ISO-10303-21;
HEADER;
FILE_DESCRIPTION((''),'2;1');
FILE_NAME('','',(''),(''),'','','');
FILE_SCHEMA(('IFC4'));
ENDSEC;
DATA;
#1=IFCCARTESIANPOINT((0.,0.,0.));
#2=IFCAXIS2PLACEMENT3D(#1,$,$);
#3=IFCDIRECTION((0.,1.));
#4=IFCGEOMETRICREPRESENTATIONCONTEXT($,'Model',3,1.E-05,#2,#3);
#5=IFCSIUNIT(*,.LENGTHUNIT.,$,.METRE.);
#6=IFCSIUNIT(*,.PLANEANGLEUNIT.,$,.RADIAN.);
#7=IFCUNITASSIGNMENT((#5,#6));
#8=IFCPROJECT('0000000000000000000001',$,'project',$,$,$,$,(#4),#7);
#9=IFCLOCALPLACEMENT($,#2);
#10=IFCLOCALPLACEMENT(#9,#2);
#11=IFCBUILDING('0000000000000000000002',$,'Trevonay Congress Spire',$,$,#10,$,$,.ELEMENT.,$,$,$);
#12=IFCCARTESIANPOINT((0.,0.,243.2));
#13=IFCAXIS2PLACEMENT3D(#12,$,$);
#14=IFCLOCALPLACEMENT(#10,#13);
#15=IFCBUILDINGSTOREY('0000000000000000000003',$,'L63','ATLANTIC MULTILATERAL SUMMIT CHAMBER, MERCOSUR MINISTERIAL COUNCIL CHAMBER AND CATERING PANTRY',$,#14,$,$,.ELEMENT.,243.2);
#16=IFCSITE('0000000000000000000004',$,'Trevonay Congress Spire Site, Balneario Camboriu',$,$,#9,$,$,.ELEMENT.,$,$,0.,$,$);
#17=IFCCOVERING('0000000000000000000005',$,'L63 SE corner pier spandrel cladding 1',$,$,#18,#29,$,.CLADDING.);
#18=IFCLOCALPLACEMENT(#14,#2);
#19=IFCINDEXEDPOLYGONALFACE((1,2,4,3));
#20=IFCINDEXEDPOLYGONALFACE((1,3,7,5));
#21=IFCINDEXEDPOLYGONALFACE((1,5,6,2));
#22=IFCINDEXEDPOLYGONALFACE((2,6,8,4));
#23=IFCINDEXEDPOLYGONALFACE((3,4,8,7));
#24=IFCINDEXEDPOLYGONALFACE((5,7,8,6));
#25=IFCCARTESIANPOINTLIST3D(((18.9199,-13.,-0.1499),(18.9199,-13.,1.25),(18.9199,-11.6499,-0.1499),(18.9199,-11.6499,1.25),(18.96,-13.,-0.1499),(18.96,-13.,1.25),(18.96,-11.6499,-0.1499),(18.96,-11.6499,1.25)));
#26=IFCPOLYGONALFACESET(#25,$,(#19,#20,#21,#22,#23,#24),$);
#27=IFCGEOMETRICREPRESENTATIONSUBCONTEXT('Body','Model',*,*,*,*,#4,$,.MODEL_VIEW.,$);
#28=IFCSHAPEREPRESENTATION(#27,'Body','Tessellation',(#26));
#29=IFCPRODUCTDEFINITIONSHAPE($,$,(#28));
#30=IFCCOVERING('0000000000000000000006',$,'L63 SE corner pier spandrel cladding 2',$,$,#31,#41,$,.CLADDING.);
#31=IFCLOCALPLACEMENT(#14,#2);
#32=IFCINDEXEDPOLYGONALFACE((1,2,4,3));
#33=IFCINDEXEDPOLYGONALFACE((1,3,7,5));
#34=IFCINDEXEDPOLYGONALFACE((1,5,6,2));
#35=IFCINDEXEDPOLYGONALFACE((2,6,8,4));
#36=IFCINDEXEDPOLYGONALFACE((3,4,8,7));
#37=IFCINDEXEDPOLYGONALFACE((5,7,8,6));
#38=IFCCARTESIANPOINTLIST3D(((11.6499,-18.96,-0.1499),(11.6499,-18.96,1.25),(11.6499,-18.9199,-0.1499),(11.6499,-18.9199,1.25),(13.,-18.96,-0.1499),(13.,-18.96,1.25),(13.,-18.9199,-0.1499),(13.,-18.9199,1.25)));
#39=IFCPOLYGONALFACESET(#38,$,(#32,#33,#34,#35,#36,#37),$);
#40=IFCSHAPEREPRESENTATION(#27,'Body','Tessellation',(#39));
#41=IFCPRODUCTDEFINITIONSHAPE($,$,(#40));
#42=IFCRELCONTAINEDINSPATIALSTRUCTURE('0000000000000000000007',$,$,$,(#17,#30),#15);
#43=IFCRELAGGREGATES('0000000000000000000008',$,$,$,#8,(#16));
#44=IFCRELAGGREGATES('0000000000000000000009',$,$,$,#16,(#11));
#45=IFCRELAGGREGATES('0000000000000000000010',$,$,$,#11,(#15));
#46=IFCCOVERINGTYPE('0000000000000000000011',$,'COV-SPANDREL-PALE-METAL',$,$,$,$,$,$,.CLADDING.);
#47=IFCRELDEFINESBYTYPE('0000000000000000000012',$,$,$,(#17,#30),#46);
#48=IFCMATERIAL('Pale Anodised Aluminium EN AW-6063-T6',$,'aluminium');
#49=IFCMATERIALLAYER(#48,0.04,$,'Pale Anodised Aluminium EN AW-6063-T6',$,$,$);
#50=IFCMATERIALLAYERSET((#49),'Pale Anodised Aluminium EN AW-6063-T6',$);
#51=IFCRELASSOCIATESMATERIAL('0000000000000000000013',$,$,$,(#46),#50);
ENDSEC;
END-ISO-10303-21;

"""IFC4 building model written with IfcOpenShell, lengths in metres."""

from ifc_helpers import new_model, si_unit, direction, frame, frame_2d, origin, place, context, subcontext, project, spatial, rectangle, extrude, material, layer, layer_set, type_object, element, save


model = new_model("IFC4")

# Units and contexts
model_context = context("Model", 3, precision=1e-05, world=origin(), true_north=direction((0.0, 1.0)))
body_context = subcontext(model_context, "Body", "Model", "MODEL_VIEW")
ifc_project = project(units=[si_unit("LENGTHUNIT", "METRE"), si_unit("PLANEANGLEUNIT", "RADIAN")], contexts=[model_context])

# Site, building, storey
site_placement = place(None, origin())
site = spatial("IfcSite", under=ifc_project, at=site_placement, Name="Trevonay Congress Spire Site, Balneario Camboriu", CompositionType="ELEMENT", RefElevation=0.0)
building_placement = place(site_placement, origin())
building = spatial("IfcBuilding", under=site, at=building_placement, Name="Trevonay Congress Spire", CompositionType="ELEMENT")
storey_placement = place(building_placement, frame((0.0, 0.0, 243.2)))
storey = spatial("IfcBuildingStorey", under=building, at=storey_placement, Name="L63", Description="ATLANTIC MULTILATERAL SUMMIT CHAMBER, MERCOSUR MINISTERIAL COUNCIL CHAMBER AND CATERING PANTRY", CompositionType="ELEMENT", Elevation=243.2)

# Shared definitions
ifc_material_1 = material(Name="Pale Anodised Aluminium EN AW-6063-T6", Category="aluminium")

# Coverings
ifc_layer_1 = layer(ifc_material_1, 0.04, Name="Pale Anodised Aluminium EN AW-6063-T6")
ifc_layer_set_1 = layer_set([ifc_layer_1], Name="Pale Anodised Aluminium EN AW-6063-T6")
covering_type = type_object("IfcCoveringType", Name="COV-SPANDREL-PALE-METAL", PredefinedType="CLADDING", material=ifc_layer_set_1)
for number, where, z_axis, x_axis, name in (
    (1, (18.9399, -11.6499, -0.1499), (0.0, 0.0, 1.0), (0.0, -1.0, 0.0), "L63 SE corner pier spandrel cladding 1"),
    (2, (11.6499, -18.9399, -0.1499), (0.0, 0.0, 1.0), (1.0, 0.0, 0.0), "L63 SE corner pier spandrel cladding 2"),
):
    element("IfcCovering", number, at=place(storey_placement, frame(where, z_axis=z_axis, x_axis=x_axis)), inside=storey, type_object=covering_type, Name=name, PredefinedType="CLADDING", context=body_context, shape_type="SweptSolid", body=[
        extrude(rectangle(XDim=1.3501, YDim=0.04, at=frame_2d((0.675, 0.0))), origin(), (0.0, 0.0, 1.0), 1.3999),
    ])

save(model, "model.ifc")
